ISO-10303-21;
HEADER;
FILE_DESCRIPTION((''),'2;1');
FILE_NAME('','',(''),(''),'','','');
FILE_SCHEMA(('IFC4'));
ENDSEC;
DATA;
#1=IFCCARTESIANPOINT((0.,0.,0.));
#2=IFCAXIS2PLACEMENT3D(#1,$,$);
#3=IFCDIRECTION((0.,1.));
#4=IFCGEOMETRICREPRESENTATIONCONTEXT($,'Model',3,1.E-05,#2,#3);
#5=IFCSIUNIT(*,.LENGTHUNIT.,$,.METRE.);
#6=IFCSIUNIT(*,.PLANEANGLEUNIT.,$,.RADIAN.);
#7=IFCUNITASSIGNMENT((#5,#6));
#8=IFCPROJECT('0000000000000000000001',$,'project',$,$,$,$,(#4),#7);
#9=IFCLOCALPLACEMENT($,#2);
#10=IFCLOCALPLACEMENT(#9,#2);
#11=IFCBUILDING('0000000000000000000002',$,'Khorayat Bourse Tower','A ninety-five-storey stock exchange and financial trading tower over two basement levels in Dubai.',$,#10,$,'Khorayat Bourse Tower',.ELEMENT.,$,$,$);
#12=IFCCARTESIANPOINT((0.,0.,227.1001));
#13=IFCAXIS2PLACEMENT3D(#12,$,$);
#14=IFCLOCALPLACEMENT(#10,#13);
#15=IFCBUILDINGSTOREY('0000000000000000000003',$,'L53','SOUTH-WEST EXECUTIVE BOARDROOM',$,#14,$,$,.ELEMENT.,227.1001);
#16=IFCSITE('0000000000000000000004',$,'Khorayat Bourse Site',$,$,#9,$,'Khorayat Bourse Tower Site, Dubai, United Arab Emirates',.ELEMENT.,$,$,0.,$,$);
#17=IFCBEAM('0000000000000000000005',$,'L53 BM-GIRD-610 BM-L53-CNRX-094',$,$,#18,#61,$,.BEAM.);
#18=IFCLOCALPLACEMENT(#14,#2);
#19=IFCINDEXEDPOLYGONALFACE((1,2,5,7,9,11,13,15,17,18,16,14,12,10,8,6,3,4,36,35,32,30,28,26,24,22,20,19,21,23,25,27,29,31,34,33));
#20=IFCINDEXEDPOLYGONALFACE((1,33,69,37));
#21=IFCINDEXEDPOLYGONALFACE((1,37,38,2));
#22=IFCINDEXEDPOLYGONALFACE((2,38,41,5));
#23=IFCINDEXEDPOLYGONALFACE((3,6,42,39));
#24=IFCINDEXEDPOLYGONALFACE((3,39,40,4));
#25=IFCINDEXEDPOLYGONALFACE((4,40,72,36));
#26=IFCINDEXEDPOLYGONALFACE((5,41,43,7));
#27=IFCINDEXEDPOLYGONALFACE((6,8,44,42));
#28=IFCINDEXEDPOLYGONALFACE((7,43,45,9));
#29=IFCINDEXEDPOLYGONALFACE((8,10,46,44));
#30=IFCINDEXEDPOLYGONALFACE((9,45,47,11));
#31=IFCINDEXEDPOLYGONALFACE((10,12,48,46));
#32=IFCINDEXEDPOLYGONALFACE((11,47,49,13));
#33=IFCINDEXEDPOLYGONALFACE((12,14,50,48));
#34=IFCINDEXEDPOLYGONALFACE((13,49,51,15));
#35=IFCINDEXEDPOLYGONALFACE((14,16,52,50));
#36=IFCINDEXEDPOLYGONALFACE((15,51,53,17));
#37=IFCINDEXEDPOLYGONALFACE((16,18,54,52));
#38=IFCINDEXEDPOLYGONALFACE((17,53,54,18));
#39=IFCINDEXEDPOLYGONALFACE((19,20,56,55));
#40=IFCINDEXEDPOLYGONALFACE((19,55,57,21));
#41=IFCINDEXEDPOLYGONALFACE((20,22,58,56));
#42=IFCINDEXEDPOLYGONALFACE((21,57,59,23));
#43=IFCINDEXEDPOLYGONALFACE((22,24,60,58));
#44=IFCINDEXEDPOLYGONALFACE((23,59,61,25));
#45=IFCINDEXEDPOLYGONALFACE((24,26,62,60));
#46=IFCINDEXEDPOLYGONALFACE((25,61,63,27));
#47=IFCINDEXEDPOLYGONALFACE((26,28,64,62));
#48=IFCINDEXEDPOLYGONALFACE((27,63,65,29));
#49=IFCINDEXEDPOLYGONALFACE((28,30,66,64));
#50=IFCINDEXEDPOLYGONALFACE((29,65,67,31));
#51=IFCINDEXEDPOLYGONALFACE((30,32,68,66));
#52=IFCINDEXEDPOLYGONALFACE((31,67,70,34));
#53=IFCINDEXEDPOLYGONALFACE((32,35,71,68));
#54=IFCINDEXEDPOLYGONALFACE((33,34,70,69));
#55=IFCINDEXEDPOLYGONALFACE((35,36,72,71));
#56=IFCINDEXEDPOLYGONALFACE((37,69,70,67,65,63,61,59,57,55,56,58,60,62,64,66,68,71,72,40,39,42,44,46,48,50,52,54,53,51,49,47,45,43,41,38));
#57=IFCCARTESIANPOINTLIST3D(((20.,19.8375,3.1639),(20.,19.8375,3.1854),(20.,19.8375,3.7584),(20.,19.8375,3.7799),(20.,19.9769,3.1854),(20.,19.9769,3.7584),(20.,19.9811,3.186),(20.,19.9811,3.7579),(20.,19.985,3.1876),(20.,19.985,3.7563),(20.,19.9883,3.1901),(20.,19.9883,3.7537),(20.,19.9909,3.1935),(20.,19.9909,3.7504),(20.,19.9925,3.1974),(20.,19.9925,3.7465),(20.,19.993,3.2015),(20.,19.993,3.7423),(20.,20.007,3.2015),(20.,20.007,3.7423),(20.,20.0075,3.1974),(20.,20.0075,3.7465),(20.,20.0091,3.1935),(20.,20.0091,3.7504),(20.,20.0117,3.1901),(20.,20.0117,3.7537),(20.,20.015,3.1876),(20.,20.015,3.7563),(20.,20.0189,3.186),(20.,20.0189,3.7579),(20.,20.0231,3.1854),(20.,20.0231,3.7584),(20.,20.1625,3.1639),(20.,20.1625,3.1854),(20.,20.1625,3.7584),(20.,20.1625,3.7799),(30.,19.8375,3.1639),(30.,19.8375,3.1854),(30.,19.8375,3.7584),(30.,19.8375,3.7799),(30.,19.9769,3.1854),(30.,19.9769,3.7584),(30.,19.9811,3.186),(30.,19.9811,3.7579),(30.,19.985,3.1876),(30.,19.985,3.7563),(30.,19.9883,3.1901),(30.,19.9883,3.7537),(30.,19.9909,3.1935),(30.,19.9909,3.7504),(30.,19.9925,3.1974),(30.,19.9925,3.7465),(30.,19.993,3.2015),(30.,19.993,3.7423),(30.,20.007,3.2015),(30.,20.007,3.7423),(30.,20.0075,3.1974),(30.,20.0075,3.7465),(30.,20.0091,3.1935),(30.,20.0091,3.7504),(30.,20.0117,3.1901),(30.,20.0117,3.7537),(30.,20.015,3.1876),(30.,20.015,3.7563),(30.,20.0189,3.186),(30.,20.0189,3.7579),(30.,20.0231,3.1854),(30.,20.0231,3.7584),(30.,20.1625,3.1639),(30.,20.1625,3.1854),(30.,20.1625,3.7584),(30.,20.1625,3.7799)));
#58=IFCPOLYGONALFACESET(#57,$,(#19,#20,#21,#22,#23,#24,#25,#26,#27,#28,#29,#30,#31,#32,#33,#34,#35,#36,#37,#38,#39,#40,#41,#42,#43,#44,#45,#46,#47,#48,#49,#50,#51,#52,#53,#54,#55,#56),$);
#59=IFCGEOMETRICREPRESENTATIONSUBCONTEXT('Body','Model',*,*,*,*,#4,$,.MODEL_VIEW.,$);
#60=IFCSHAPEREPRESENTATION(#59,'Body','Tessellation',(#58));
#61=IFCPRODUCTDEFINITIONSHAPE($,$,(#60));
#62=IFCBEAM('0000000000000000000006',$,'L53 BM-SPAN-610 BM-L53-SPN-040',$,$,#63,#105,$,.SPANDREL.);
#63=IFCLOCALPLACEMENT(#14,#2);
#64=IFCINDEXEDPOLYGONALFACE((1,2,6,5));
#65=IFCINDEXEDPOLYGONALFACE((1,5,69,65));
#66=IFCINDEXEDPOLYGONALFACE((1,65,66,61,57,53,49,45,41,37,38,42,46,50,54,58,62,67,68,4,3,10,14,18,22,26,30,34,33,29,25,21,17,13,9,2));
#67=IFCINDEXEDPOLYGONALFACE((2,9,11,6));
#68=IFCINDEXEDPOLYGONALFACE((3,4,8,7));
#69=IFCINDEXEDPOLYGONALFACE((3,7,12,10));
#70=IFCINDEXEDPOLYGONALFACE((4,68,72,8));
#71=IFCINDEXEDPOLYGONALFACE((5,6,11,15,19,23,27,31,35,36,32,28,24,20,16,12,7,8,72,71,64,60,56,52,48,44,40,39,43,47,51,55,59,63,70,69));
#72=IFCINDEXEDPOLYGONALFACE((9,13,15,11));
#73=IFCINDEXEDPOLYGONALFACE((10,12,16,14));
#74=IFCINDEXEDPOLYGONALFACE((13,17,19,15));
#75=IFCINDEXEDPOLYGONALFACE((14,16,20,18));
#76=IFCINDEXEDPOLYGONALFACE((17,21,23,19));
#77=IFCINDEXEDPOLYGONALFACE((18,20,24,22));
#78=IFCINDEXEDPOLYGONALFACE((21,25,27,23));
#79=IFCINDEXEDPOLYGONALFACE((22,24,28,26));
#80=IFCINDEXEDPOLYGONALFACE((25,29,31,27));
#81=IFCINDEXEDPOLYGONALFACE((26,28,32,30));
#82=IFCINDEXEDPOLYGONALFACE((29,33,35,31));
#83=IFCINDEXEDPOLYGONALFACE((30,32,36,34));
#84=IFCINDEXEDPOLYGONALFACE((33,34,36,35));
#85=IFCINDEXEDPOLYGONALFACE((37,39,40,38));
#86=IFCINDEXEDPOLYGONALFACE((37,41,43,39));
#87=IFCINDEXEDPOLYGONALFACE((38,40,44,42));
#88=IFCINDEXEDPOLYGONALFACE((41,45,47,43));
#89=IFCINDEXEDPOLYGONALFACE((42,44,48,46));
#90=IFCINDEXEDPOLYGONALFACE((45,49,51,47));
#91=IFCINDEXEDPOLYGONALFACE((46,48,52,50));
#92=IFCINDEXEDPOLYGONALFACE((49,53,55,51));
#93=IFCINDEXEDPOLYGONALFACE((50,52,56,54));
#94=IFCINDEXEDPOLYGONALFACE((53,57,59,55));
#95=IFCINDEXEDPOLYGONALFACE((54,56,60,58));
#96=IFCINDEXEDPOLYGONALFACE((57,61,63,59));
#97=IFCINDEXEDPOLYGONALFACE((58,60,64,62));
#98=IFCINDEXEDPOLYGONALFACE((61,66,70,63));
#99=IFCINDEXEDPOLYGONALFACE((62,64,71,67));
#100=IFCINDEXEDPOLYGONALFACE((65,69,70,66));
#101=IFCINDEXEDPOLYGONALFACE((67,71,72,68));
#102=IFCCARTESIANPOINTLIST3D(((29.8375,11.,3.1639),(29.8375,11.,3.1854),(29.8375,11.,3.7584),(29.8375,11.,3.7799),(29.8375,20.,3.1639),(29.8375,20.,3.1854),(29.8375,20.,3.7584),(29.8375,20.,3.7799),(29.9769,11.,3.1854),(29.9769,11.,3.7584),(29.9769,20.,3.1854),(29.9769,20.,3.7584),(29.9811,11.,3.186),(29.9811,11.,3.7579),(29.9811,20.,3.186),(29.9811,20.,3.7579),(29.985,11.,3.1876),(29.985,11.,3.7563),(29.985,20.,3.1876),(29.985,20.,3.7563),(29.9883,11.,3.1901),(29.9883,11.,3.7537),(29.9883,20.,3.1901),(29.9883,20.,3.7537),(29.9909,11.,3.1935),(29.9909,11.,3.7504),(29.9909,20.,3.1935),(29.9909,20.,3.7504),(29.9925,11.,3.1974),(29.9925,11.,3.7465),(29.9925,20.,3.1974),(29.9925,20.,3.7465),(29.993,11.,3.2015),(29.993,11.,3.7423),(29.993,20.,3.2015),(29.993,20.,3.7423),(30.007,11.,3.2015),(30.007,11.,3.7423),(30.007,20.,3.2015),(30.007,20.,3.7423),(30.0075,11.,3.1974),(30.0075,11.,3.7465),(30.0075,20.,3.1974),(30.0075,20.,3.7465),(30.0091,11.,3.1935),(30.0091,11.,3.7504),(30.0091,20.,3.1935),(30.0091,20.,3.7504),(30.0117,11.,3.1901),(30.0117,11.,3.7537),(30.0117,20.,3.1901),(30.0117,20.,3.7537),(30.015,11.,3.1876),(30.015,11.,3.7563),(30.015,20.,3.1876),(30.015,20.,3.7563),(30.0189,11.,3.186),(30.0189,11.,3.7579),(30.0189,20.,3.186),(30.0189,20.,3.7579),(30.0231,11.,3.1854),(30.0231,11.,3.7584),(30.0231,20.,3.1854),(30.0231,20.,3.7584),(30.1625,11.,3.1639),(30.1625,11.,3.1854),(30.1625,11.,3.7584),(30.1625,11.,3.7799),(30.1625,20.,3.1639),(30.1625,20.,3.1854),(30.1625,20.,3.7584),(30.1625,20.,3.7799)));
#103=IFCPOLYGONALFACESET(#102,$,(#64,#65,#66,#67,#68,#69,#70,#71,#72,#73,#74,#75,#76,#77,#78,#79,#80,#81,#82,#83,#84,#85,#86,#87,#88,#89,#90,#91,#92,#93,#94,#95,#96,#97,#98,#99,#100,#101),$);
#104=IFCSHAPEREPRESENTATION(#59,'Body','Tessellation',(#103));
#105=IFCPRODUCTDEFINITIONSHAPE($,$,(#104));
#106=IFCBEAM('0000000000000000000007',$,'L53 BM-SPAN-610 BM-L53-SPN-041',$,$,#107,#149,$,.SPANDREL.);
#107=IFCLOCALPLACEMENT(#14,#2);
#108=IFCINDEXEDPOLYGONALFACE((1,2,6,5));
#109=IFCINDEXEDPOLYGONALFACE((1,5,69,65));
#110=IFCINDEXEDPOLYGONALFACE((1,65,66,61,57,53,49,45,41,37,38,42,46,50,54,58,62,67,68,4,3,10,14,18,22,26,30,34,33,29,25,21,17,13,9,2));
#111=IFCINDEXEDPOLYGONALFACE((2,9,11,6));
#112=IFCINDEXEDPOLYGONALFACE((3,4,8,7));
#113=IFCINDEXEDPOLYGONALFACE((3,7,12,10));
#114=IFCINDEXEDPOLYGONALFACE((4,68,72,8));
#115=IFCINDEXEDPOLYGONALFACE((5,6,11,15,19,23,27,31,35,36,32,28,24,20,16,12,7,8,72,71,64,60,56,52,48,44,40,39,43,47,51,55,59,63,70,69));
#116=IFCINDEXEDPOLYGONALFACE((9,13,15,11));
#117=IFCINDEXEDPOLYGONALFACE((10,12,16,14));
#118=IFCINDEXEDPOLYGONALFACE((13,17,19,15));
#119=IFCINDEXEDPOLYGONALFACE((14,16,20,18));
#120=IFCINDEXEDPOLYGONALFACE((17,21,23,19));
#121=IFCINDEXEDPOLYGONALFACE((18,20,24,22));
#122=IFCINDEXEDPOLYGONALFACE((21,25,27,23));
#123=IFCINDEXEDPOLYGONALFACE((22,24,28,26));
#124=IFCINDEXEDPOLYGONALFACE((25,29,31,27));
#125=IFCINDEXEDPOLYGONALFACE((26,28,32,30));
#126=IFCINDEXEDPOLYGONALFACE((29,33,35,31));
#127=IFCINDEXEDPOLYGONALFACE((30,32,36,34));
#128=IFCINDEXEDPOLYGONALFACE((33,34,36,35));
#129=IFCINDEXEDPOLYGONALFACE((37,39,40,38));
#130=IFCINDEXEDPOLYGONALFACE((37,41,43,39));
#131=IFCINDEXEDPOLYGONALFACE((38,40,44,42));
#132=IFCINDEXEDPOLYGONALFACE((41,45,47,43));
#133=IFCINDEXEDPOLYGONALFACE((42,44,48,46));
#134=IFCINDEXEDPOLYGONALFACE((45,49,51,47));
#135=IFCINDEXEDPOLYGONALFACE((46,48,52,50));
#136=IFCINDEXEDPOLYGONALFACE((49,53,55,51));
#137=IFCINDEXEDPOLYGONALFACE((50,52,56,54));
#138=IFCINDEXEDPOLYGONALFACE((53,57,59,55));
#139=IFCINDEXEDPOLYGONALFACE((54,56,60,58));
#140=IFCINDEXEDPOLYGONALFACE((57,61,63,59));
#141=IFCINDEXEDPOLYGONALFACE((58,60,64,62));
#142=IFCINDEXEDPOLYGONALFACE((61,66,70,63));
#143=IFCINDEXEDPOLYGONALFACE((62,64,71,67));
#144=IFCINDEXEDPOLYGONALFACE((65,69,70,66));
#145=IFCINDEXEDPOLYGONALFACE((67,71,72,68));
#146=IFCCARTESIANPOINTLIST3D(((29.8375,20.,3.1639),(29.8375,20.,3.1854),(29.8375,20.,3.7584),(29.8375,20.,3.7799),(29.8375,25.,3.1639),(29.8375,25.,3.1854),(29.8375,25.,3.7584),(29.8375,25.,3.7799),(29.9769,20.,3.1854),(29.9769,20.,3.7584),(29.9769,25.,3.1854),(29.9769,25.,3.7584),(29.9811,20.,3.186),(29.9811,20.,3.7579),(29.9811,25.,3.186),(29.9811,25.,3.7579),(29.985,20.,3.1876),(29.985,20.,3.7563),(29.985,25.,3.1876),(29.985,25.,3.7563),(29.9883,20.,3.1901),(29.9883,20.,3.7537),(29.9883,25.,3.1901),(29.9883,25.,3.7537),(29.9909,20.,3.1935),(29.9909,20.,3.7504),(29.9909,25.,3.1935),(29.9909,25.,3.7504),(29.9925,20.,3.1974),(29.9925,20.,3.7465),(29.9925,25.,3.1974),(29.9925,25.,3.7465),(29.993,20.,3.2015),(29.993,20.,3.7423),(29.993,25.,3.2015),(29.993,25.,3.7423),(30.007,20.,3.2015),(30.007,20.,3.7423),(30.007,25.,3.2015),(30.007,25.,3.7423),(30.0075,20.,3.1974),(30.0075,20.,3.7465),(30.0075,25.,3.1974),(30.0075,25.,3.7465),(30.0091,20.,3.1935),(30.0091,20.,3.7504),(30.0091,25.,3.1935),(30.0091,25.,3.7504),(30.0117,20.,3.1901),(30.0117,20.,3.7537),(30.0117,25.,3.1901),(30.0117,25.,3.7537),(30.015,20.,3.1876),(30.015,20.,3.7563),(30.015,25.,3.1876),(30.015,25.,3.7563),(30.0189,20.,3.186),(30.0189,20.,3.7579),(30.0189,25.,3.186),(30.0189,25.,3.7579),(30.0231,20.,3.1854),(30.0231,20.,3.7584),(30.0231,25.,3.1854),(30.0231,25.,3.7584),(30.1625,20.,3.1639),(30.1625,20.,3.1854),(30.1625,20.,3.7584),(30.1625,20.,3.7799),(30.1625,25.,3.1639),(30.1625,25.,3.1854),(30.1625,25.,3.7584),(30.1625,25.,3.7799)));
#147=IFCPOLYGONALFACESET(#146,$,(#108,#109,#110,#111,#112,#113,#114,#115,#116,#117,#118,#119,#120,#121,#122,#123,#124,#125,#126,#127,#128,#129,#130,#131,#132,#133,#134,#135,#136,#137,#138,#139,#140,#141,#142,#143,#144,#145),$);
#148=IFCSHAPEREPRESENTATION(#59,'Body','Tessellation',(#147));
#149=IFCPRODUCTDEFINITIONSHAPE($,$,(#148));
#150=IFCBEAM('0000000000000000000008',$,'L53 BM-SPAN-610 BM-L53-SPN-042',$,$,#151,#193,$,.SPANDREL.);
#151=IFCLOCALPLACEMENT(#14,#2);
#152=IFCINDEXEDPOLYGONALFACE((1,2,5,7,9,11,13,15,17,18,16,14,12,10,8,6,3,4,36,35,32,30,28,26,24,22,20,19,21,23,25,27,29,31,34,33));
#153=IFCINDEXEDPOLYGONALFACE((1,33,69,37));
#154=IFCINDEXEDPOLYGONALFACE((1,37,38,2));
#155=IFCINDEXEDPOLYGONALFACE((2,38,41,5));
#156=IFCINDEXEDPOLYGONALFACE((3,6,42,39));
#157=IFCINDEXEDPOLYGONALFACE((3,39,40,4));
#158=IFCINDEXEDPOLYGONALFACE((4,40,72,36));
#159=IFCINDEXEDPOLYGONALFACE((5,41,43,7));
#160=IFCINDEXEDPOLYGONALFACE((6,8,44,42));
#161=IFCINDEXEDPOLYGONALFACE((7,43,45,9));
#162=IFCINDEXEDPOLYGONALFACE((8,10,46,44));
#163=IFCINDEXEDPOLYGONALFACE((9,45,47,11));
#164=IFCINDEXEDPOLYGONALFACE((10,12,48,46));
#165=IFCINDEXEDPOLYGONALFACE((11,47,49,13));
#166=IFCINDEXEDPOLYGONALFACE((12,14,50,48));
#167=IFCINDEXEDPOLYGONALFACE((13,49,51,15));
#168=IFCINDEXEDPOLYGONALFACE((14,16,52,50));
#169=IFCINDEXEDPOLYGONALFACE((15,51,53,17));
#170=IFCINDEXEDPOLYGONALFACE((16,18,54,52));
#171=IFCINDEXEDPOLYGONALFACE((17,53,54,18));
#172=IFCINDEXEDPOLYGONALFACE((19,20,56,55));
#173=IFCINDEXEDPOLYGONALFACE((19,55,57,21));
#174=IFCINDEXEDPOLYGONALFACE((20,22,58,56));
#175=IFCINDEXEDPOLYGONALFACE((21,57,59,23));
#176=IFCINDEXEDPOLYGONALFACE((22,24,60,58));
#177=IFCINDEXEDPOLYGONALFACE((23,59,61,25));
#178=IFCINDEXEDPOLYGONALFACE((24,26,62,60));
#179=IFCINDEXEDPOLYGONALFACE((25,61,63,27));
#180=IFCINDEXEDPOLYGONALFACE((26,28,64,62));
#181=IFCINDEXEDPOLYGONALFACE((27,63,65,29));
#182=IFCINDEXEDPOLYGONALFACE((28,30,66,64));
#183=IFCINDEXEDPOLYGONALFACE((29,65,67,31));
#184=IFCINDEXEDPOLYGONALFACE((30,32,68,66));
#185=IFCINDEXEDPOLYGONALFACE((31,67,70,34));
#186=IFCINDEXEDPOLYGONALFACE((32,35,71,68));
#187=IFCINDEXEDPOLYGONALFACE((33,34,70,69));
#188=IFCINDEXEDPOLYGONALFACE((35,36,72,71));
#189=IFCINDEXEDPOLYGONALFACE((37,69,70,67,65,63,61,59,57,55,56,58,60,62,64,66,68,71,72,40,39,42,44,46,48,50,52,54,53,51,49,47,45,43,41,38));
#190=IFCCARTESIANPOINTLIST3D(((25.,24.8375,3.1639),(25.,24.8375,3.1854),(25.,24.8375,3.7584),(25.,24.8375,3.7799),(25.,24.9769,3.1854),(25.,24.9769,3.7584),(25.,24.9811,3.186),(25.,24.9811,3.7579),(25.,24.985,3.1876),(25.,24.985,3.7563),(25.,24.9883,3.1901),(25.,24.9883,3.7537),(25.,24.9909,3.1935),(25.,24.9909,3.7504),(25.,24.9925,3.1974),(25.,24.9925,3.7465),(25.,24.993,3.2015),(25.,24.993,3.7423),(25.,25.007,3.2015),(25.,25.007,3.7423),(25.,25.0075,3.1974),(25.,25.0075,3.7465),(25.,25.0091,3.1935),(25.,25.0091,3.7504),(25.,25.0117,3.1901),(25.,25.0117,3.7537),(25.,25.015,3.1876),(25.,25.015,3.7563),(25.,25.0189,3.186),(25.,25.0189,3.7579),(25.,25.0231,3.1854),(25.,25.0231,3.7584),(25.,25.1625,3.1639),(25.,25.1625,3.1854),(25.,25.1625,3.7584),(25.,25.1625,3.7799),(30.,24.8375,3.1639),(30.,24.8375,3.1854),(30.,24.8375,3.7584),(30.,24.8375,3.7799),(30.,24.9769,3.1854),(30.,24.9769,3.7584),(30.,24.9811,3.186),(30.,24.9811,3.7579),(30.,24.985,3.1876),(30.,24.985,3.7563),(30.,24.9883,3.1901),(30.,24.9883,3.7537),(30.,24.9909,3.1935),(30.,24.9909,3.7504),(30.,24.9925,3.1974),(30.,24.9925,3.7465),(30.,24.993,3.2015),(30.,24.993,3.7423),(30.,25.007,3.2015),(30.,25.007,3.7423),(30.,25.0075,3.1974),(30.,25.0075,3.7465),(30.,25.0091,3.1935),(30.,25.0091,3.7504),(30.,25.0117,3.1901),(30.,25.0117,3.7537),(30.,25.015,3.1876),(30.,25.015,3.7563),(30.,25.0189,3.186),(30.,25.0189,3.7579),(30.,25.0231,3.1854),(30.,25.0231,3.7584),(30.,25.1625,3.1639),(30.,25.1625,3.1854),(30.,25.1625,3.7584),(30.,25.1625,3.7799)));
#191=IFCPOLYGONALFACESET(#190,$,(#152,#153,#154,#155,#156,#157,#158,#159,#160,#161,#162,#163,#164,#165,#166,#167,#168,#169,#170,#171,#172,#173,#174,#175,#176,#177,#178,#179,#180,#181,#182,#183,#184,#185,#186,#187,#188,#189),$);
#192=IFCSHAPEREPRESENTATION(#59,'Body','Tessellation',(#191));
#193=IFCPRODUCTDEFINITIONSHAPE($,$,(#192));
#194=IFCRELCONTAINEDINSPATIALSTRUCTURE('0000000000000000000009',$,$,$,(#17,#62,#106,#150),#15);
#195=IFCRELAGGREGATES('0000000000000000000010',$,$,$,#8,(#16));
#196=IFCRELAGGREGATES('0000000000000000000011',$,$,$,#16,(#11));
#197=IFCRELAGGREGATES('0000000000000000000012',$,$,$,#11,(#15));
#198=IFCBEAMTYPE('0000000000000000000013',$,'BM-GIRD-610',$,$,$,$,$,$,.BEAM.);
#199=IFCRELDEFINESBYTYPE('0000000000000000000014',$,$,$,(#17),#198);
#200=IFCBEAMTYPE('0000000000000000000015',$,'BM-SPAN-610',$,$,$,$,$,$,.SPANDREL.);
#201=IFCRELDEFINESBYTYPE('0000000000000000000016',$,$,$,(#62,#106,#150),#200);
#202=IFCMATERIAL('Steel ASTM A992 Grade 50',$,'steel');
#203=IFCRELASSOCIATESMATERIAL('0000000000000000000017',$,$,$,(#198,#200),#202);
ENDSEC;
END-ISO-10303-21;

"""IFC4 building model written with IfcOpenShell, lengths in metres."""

from ifc_helpers import new_model, si_unit, direction, frame, origin, origin_2d, place, context, subcontext, project, spatial, i_section, extrude, source, transform, mapped, material, material_profile, profile_set, type_object, element, save


model = new_model("IFC4")

# Units and contexts
model_context = context("Model", 3, precision=1e-05, world=origin(), true_north=direction((0.0, 1.0)))
body_context = subcontext(model_context, "Body", "Model", "MODEL_VIEW")
ifc_project = project(units=[si_unit("LENGTHUNIT", "METRE"), si_unit("PLANEANGLEUNIT", "RADIAN")], contexts=[model_context])

# Site, building, storey
site_placement = place(None, origin())
site = spatial("IfcSite", under=ifc_project, at=site_placement, Name="Khorayat Bourse Site", LongName="Khorayat Bourse Tower Site, Dubai, United Arab Emirates", CompositionType="ELEMENT", RefElevation=0.0)
building_placement = place(site_placement, origin())
building = spatial("IfcBuilding", under=site, at=building_placement, Name="Khorayat Bourse Tower", Description="A ninety-five-storey stock exchange and financial trading tower over two basement levels in Dubai.", LongName="Khorayat Bourse Tower", CompositionType="ELEMENT")
storey_placement = place(building_placement, frame((0.0, 0.0, 227.1001)))
storey = spatial("IfcBuildingStorey", under=building, at=storey_placement, Name="L53", Description="SOUTH-WEST EXECUTIVE BOARDROOM", CompositionType="ELEMENT", Elevation=227.1001)

# Beams
ifc_material_1 = material(Name="Steel ASTM A992 Grade 50", Category="steel")
ifc_material_profile_1 = material_profile(ifc_material_1, i_section(OverallWidth=0.325, OverallDepth=0.616, WebThickness=0.0139, FlangeThickness=0.0215, FilletRadius=0.0161, at=origin_2d()), Name="W610X174")
ifc_profile_set_1 = profile_set([ifc_material_profile_1], Name="Steel ASTM A992 Grade 50")
beam_type_1 = type_object("IfcBeamType", Name="BM-GIRD-610", PredefinedType="BEAM", material=ifc_profile_set_1)
shared_shape_1 = source(origin(), body_context, "Body", "SweptSolid", [
    extrude(i_section(OverallWidth=0.325, OverallDepth=0.616, WebThickness=0.0139, FlangeThickness=0.0215, FilletRadius=0.0161, at=origin_2d()), origin(), (0.0, 0.0, 1.0), 10.0),
])
beam_1_placement = place(storey_placement, frame((20.0, 20.0, 3.4719), z_axis=(1.0, 0.0, 0.0), x_axis=(0.0, 1.0, 0.0)))
element("IfcBeam", 1, at=beam_1_placement, inside=storey, type_object=beam_type_1, Name="L53 BM-GIRD-610 BM-L53-CNRX-094", PredefinedType="BEAM", context=body_context, shape_type="MappedRepresentation", body=[
    mapped(shared_shape_1, transform((0.0, 0.0, 0.0), scale=1.0)),
])
ifc_material_profile_2 = material_profile(ifc_material_1, i_section(OverallWidth=0.325, OverallDepth=0.616, WebThickness=0.0139, FlangeThickness=0.0215, FilletRadius=0.0161, at=origin_2d()), Name="W610X174")
ifc_profile_set_2 = profile_set([ifc_material_profile_2], Name="Steel ASTM A992 Grade 50")
beam_type_2 = type_object("IfcBeamType", Name="BM-SPAN-610", PredefinedType="SPANDREL", material=ifc_profile_set_2)
shared_shape_2 = source(origin(), body_context, "Body", "SweptSolid", [
    extrude(i_section(OverallWidth=0.325, OverallDepth=0.616, WebThickness=0.0139, FlangeThickness=0.0215, FilletRadius=0.0161, at=origin_2d()), origin(), (0.0, 0.0, 1.0), 9.0),
])
beam_2_placement = place(storey_placement, frame((30.0, 11.0, 3.4719), z_axis=(0.0, 1.0, 0.0), x_axis=(-1.0, 0.0, 0.0)))
element("IfcBeam", 2, at=beam_2_placement, inside=storey, type_object=beam_type_2, Name="L53 BM-SPAN-610 BM-L53-SPN-040", PredefinedType="SPANDREL", context=body_context, shape_type="MappedRepresentation", body=[
    mapped(shared_shape_2, transform((0.0, 0.0, 0.0), scale=1.0)),
])
shared_shape_3 = source(origin(), body_context, "Body", "SweptSolid", [
    extrude(i_section(OverallWidth=0.325, OverallDepth=0.616, WebThickness=0.0139, FlangeThickness=0.0215, FilletRadius=0.0161, at=origin_2d()), origin(), (0.0, 0.0, 1.0), 5.0),
])
for number, where, z_axis, x_axis, name in (
    (3, (30.0, 20.0, 3.4719), (0.0, 1.0, 0.0), (-1.0, 0.0, 0.0), "L53 BM-SPAN-610 BM-L53-SPN-041"),
    (4, (25.0, 25.0, 3.4719), (1.0, 0.0, 0.0), (0.0, 1.0, 0.0), "L53 BM-SPAN-610 BM-L53-SPN-042"),
):
    element("IfcBeam", number, at=place(storey_placement, frame(where, z_axis=z_axis, x_axis=x_axis)), inside=storey, type_object=beam_type_2, Name=name, PredefinedType="SPANDREL", context=body_context, shape_type="MappedRepresentation", body=[
        mapped(shared_shape_3, transform((0.0, 0.0, 0.0), scale=1.0)),
    ])

save(model, "model.ifc")
